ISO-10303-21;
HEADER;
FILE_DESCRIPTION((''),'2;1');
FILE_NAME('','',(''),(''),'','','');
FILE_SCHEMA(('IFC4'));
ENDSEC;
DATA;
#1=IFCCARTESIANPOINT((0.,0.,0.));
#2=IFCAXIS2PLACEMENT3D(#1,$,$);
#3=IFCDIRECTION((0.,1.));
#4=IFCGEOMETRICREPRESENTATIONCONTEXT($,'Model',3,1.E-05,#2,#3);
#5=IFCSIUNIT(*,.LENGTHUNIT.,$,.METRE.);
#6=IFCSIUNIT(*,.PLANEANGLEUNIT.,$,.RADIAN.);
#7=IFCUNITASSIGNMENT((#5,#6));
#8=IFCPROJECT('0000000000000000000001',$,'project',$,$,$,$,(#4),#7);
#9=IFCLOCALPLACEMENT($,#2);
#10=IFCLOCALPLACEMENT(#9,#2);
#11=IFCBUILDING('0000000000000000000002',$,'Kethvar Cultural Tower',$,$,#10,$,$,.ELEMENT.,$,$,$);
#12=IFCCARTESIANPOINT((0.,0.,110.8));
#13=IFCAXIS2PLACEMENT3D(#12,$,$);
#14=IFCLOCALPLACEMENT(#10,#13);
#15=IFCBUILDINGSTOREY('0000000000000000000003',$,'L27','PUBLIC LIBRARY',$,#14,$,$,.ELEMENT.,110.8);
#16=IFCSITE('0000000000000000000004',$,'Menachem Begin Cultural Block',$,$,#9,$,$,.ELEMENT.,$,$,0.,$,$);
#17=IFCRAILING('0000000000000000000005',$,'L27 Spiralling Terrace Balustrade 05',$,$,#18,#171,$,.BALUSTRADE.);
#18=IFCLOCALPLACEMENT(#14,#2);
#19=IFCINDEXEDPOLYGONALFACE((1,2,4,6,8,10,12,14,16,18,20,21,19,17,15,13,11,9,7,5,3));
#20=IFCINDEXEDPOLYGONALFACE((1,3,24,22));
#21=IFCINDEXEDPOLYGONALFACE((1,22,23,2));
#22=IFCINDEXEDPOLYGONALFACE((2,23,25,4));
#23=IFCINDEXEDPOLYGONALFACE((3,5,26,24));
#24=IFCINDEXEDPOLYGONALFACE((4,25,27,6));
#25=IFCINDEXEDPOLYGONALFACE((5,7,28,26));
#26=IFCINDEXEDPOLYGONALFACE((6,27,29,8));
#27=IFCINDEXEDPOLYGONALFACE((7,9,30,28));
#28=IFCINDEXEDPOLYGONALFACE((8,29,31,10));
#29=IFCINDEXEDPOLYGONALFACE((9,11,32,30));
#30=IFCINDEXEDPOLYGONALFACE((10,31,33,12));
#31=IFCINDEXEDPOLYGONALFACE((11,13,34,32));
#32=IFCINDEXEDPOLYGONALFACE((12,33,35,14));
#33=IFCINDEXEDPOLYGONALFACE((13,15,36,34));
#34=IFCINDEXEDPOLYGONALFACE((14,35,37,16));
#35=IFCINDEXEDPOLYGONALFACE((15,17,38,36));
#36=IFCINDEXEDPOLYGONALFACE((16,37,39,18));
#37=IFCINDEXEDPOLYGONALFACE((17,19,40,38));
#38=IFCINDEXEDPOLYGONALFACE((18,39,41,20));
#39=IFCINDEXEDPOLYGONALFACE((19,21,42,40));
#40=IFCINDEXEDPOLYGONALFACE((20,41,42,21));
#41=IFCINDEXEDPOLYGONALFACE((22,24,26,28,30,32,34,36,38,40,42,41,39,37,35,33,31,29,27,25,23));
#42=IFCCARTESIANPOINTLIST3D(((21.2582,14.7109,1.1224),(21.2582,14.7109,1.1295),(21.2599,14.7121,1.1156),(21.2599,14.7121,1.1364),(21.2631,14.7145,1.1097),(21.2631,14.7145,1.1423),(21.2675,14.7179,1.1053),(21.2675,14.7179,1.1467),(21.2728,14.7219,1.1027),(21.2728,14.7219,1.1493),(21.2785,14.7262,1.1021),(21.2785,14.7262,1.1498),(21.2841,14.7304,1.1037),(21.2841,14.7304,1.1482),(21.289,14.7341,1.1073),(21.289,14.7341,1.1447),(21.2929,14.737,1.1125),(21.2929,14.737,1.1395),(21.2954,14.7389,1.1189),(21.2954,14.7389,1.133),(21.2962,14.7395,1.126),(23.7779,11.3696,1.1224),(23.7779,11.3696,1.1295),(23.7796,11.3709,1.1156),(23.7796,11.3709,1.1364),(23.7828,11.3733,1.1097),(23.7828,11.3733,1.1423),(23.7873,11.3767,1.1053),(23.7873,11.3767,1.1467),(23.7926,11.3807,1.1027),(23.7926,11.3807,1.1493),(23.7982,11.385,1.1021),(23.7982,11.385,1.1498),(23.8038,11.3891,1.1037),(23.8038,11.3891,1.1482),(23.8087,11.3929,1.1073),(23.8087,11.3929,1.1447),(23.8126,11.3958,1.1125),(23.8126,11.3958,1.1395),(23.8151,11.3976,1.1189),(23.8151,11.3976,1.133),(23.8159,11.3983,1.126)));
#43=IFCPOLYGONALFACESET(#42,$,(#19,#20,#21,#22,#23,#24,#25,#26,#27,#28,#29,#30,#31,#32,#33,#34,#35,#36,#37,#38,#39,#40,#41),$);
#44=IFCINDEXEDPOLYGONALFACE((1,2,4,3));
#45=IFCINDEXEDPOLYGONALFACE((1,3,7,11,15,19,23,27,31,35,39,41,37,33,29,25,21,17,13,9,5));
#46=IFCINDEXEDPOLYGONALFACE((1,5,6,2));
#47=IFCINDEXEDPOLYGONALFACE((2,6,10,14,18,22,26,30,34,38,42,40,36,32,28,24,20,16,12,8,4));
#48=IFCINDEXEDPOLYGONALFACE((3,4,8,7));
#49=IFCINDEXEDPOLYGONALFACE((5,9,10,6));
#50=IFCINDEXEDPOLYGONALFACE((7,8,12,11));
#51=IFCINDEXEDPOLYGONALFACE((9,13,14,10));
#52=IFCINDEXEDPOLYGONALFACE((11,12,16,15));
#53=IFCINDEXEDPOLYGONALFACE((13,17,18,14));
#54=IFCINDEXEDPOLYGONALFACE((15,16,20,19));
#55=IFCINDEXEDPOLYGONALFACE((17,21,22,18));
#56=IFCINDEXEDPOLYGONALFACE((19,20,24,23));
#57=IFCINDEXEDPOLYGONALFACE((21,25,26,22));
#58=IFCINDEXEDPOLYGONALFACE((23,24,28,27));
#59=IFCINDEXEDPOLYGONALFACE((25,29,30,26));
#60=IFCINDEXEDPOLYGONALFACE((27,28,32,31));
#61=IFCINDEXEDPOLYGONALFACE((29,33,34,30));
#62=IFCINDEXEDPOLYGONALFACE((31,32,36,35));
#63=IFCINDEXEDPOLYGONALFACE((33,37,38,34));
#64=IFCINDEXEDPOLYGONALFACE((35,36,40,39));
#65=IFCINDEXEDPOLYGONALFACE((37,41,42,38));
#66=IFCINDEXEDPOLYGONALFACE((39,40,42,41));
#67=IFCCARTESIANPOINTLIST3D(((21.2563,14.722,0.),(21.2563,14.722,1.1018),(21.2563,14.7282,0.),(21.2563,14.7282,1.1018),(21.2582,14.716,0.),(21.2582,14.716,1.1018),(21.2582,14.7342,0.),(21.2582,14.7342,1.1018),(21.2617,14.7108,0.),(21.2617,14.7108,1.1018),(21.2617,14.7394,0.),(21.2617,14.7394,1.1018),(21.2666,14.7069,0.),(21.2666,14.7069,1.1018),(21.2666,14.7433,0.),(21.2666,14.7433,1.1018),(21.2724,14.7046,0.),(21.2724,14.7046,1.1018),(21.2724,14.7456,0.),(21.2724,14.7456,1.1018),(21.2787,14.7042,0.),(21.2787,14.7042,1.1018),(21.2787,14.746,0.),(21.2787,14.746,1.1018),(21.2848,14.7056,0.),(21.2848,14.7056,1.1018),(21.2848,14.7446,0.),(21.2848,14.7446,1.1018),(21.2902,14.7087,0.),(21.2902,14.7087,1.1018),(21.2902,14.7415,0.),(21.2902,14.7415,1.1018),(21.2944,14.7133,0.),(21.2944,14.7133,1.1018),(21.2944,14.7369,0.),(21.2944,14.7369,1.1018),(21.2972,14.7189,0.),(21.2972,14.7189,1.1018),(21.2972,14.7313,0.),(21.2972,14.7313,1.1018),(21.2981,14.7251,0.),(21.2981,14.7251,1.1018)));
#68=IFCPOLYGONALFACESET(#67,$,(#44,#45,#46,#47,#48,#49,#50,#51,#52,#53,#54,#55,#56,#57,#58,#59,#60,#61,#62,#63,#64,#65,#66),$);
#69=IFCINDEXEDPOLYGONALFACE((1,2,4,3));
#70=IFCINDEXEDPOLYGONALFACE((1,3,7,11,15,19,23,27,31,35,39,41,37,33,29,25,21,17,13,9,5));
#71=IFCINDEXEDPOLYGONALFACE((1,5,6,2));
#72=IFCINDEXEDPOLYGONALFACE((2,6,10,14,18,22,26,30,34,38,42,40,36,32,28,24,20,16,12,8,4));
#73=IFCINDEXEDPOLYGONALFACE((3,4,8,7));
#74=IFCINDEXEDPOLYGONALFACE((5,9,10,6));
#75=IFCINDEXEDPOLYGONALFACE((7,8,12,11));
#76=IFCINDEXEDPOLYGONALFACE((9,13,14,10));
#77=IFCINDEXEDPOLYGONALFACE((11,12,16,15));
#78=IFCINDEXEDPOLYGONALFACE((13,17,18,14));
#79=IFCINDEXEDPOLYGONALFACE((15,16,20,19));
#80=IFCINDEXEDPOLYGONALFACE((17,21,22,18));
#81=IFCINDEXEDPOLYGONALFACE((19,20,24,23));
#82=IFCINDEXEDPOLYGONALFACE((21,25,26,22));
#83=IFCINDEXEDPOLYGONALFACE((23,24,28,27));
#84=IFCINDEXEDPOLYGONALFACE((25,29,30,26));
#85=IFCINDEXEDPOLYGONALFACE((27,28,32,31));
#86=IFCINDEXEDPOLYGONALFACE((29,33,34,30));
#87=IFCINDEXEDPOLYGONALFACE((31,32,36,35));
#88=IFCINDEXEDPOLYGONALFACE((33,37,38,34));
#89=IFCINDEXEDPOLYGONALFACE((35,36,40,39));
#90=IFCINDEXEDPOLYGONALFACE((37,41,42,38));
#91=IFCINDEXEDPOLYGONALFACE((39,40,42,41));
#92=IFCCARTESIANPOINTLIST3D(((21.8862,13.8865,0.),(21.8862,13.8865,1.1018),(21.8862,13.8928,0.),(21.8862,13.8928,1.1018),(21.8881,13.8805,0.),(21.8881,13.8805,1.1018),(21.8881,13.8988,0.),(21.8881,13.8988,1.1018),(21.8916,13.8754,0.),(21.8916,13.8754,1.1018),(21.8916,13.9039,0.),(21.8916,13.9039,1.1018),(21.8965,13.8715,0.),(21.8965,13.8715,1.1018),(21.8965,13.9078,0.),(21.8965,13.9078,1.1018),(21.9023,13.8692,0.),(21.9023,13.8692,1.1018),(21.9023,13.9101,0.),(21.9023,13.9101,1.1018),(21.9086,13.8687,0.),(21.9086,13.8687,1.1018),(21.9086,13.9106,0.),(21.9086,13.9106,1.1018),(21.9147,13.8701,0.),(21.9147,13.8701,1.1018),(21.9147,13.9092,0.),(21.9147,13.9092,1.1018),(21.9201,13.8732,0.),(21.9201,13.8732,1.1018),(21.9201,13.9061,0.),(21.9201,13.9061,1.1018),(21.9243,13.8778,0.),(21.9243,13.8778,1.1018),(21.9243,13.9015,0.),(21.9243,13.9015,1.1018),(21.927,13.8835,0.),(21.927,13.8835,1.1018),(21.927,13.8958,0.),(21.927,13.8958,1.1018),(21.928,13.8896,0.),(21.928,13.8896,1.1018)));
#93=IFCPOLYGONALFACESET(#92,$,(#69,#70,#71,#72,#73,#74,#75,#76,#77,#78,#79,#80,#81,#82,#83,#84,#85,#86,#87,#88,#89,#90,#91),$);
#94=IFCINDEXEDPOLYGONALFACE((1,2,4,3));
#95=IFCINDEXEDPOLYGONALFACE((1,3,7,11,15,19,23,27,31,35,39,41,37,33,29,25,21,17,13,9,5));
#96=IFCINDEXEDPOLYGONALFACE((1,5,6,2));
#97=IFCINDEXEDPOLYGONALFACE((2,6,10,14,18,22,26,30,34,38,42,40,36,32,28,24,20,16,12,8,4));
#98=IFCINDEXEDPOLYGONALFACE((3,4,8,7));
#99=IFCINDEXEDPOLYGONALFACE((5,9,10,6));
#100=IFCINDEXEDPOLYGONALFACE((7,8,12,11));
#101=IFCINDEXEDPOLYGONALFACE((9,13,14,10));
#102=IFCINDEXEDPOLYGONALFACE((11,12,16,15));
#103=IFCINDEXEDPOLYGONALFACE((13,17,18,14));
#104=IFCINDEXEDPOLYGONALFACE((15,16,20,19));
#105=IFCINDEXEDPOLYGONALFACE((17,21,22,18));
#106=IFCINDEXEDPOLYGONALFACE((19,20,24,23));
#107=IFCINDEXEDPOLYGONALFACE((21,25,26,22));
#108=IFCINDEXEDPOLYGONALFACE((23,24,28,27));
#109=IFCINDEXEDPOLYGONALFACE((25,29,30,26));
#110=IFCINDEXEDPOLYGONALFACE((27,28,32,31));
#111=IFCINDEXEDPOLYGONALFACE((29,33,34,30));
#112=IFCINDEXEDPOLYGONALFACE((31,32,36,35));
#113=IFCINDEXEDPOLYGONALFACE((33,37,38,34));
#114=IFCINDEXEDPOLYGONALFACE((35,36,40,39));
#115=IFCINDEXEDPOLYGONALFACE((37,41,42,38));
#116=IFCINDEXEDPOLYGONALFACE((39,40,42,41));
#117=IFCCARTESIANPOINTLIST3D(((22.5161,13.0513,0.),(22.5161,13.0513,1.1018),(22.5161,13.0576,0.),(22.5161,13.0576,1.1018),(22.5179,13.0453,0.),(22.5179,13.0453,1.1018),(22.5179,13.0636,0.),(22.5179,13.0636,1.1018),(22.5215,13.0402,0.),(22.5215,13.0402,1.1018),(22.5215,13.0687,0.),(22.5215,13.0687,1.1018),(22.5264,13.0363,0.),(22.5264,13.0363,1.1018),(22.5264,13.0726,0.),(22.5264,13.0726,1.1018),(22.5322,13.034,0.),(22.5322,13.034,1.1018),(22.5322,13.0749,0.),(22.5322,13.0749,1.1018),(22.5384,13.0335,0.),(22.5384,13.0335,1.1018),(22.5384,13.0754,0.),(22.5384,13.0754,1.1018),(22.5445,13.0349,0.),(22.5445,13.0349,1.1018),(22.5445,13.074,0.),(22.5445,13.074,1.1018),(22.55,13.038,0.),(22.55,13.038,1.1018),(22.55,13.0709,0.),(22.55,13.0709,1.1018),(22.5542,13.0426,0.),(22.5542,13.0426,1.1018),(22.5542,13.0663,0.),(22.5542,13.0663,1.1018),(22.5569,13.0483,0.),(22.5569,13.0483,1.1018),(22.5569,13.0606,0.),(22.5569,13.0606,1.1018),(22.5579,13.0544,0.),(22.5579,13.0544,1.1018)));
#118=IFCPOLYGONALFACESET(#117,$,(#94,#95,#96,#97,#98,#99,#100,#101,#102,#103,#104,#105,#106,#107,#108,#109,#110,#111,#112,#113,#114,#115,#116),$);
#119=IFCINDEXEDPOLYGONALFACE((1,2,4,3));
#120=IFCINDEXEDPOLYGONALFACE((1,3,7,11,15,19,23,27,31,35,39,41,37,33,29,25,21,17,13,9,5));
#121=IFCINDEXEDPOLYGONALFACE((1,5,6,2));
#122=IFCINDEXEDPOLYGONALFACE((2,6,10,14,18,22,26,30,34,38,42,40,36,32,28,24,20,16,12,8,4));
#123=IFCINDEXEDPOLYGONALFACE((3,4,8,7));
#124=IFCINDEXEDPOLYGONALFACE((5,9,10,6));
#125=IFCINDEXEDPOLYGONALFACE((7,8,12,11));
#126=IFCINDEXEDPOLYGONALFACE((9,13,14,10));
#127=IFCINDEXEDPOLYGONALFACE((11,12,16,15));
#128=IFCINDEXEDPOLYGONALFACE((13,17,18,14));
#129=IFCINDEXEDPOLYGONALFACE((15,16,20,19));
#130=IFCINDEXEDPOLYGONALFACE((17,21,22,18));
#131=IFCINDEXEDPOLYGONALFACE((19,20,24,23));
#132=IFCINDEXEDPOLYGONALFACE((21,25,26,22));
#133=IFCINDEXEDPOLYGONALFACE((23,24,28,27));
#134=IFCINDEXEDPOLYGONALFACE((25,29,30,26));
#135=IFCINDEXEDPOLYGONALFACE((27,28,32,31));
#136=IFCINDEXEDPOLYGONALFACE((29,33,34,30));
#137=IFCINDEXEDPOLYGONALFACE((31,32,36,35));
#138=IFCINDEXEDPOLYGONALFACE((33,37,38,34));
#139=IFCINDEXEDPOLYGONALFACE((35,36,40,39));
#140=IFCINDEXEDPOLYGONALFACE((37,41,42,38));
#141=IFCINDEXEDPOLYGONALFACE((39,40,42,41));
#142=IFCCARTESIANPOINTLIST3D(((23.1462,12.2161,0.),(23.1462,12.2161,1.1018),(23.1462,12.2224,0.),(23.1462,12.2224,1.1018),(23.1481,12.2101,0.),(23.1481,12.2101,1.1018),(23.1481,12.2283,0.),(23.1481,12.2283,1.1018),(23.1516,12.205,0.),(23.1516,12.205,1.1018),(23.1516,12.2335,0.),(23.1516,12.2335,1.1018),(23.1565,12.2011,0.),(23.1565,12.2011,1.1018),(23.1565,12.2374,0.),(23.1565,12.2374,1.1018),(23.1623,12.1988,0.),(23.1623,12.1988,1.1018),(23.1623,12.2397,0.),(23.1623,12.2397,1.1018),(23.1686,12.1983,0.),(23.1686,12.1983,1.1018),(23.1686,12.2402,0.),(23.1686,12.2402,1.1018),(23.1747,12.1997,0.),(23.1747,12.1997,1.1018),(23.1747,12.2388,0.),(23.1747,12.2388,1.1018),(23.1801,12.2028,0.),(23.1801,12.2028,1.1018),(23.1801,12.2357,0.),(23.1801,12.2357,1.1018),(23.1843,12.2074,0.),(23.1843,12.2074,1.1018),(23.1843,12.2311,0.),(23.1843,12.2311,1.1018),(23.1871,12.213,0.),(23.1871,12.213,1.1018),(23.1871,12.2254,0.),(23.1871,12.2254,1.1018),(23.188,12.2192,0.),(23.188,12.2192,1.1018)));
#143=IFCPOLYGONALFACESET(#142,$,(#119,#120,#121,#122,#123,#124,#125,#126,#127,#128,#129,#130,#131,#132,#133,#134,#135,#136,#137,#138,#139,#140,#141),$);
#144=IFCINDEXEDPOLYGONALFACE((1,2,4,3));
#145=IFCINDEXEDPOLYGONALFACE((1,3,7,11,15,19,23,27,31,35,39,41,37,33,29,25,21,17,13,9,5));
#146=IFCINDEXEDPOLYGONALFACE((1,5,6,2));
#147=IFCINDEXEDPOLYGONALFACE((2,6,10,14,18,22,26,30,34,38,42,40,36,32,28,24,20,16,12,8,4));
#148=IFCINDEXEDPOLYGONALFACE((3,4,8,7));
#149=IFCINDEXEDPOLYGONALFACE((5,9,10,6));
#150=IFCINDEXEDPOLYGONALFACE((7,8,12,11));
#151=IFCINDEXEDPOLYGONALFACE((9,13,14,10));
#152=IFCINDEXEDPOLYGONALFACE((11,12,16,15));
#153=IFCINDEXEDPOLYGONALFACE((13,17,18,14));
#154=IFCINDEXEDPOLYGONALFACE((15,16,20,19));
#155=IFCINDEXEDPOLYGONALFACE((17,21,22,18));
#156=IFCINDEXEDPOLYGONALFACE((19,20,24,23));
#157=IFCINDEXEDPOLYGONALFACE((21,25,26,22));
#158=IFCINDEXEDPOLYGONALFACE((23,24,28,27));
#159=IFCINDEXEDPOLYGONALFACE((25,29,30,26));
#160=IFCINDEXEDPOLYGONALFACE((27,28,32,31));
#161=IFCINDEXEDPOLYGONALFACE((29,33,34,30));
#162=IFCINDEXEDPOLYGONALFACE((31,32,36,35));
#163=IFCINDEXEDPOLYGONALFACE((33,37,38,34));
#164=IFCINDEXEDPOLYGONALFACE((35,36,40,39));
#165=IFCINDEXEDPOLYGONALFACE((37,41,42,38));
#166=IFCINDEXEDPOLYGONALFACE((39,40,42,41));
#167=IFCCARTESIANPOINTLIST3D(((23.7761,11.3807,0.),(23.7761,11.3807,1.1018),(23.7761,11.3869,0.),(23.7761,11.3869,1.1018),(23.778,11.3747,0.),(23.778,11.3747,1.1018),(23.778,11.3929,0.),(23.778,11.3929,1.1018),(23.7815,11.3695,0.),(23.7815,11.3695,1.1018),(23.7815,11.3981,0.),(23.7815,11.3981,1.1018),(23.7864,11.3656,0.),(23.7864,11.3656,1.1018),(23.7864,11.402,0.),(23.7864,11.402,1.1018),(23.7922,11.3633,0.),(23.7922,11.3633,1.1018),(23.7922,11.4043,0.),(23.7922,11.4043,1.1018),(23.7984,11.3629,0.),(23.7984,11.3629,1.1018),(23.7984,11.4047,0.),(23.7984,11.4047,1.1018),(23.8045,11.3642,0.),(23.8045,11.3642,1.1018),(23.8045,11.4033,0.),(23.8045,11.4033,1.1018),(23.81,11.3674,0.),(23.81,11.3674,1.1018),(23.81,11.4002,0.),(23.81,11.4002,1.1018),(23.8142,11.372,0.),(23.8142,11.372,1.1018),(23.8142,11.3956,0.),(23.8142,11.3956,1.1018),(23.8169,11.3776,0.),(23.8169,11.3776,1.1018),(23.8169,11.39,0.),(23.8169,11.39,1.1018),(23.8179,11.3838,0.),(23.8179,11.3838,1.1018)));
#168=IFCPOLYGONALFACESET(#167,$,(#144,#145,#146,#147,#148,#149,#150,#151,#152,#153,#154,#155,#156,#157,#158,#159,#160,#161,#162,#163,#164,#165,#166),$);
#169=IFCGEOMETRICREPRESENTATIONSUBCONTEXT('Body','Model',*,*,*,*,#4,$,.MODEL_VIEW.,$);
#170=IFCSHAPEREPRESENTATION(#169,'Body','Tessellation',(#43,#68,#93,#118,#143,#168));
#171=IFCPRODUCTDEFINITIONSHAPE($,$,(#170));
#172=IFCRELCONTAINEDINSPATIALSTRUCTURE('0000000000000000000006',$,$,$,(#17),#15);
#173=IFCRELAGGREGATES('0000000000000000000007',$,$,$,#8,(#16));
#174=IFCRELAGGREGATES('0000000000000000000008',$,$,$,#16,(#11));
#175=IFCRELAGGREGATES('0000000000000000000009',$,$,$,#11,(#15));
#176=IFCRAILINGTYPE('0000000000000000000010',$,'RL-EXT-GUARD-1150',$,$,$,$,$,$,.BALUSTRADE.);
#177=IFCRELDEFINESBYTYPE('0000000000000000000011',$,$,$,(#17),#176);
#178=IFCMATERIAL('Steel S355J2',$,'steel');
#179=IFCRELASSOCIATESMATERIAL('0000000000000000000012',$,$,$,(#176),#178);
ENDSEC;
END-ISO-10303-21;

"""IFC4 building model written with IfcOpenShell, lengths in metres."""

from ifc_helpers import new_model, si_unit, direction, frame, origin, origin_2d, place, context, subcontext, project, spatial, circle, extrude, material, type_object, element, save


model = new_model("IFC4")

# Units and contexts
model_context = context("Model", 3, precision=1e-05, world=origin(), true_north=direction((0.0, 1.0)))
body_context = subcontext(model_context, "Body", "Model", "MODEL_VIEW")
ifc_project = project(units=[si_unit("LENGTHUNIT", "METRE"), si_unit("PLANEANGLEUNIT", "RADIAN")], contexts=[model_context])

# Site, building, storey
site_placement = place(None, origin())
site = spatial("IfcSite", under=ifc_project, at=site_placement, Name="Menachem Begin Cultural Block", CompositionType="ELEMENT", RefElevation=0.0)
building_placement = place(site_placement, origin())
building = spatial("IfcBuilding", under=site, at=building_placement, Name="Kethvar Cultural Tower", CompositionType="ELEMENT")
storey_placement = place(building_placement, frame((0.0, 0.0, 110.8)))
storey = spatial("IfcBuildingStorey", under=building, at=storey_placement, Name="L27", Description="PUBLIC LIBRARY", CompositionType="ELEMENT", Elevation=110.8)

# Shared definitions
ifc_material_1 = material(Name="Steel S355J2", Category="steel")

# Railing
railing_type = type_object("IfcRailingType", Name="RL-EXT-GUARD-1150", PredefinedType="BALUSTRADE", material=ifc_material_1)
railing_1_placement = place(storey_placement, frame((21.2771, 14.7251, 0.0)))
element("IfcRailing", 1, at=railing_1_placement, inside=storey, type_object=railing_type, Name="L27 Spiralling Terrace Balustrade 05", PredefinedType="BALUSTRADE", context=body_context, shape_type="SweptSolid", body=[
    extrude(circle(Radius=0.0239, at=origin_2d()), frame((0.0, 0.0, 1.126), z_axis=(0.602107, -0.798415, 0.0), x_axis=(0.798415, 0.602107, 0.0)), (0.0, 0.0, 1.0), 4.1848),
    extrude(circle(Radius=0.021, at=origin_2d()), origin(), (0.0, 0.0, 1.0), 1.1018),
    extrude(circle(Radius=0.021, at=origin_2d()), frame((0.6299, -0.8354, 0.0)), (0.0, 0.0, 1.0), 1.1018),
    extrude(circle(Radius=0.021, at=origin_2d()), frame((1.2598, -1.6707, 0.0)), (0.0, 0.0, 1.0), 1.1018),
    extrude(circle(Radius=0.021, at=origin_2d()), frame((1.8899, -2.5059, 0.0)), (0.0, 0.0, 1.0), 1.1018),
    extrude(circle(Radius=0.021, at=origin_2d()), frame((2.5198, -3.3413, 0.0)), (0.0, 0.0, 1.0), 1.1018),
])

save(model, "model.ifc")
